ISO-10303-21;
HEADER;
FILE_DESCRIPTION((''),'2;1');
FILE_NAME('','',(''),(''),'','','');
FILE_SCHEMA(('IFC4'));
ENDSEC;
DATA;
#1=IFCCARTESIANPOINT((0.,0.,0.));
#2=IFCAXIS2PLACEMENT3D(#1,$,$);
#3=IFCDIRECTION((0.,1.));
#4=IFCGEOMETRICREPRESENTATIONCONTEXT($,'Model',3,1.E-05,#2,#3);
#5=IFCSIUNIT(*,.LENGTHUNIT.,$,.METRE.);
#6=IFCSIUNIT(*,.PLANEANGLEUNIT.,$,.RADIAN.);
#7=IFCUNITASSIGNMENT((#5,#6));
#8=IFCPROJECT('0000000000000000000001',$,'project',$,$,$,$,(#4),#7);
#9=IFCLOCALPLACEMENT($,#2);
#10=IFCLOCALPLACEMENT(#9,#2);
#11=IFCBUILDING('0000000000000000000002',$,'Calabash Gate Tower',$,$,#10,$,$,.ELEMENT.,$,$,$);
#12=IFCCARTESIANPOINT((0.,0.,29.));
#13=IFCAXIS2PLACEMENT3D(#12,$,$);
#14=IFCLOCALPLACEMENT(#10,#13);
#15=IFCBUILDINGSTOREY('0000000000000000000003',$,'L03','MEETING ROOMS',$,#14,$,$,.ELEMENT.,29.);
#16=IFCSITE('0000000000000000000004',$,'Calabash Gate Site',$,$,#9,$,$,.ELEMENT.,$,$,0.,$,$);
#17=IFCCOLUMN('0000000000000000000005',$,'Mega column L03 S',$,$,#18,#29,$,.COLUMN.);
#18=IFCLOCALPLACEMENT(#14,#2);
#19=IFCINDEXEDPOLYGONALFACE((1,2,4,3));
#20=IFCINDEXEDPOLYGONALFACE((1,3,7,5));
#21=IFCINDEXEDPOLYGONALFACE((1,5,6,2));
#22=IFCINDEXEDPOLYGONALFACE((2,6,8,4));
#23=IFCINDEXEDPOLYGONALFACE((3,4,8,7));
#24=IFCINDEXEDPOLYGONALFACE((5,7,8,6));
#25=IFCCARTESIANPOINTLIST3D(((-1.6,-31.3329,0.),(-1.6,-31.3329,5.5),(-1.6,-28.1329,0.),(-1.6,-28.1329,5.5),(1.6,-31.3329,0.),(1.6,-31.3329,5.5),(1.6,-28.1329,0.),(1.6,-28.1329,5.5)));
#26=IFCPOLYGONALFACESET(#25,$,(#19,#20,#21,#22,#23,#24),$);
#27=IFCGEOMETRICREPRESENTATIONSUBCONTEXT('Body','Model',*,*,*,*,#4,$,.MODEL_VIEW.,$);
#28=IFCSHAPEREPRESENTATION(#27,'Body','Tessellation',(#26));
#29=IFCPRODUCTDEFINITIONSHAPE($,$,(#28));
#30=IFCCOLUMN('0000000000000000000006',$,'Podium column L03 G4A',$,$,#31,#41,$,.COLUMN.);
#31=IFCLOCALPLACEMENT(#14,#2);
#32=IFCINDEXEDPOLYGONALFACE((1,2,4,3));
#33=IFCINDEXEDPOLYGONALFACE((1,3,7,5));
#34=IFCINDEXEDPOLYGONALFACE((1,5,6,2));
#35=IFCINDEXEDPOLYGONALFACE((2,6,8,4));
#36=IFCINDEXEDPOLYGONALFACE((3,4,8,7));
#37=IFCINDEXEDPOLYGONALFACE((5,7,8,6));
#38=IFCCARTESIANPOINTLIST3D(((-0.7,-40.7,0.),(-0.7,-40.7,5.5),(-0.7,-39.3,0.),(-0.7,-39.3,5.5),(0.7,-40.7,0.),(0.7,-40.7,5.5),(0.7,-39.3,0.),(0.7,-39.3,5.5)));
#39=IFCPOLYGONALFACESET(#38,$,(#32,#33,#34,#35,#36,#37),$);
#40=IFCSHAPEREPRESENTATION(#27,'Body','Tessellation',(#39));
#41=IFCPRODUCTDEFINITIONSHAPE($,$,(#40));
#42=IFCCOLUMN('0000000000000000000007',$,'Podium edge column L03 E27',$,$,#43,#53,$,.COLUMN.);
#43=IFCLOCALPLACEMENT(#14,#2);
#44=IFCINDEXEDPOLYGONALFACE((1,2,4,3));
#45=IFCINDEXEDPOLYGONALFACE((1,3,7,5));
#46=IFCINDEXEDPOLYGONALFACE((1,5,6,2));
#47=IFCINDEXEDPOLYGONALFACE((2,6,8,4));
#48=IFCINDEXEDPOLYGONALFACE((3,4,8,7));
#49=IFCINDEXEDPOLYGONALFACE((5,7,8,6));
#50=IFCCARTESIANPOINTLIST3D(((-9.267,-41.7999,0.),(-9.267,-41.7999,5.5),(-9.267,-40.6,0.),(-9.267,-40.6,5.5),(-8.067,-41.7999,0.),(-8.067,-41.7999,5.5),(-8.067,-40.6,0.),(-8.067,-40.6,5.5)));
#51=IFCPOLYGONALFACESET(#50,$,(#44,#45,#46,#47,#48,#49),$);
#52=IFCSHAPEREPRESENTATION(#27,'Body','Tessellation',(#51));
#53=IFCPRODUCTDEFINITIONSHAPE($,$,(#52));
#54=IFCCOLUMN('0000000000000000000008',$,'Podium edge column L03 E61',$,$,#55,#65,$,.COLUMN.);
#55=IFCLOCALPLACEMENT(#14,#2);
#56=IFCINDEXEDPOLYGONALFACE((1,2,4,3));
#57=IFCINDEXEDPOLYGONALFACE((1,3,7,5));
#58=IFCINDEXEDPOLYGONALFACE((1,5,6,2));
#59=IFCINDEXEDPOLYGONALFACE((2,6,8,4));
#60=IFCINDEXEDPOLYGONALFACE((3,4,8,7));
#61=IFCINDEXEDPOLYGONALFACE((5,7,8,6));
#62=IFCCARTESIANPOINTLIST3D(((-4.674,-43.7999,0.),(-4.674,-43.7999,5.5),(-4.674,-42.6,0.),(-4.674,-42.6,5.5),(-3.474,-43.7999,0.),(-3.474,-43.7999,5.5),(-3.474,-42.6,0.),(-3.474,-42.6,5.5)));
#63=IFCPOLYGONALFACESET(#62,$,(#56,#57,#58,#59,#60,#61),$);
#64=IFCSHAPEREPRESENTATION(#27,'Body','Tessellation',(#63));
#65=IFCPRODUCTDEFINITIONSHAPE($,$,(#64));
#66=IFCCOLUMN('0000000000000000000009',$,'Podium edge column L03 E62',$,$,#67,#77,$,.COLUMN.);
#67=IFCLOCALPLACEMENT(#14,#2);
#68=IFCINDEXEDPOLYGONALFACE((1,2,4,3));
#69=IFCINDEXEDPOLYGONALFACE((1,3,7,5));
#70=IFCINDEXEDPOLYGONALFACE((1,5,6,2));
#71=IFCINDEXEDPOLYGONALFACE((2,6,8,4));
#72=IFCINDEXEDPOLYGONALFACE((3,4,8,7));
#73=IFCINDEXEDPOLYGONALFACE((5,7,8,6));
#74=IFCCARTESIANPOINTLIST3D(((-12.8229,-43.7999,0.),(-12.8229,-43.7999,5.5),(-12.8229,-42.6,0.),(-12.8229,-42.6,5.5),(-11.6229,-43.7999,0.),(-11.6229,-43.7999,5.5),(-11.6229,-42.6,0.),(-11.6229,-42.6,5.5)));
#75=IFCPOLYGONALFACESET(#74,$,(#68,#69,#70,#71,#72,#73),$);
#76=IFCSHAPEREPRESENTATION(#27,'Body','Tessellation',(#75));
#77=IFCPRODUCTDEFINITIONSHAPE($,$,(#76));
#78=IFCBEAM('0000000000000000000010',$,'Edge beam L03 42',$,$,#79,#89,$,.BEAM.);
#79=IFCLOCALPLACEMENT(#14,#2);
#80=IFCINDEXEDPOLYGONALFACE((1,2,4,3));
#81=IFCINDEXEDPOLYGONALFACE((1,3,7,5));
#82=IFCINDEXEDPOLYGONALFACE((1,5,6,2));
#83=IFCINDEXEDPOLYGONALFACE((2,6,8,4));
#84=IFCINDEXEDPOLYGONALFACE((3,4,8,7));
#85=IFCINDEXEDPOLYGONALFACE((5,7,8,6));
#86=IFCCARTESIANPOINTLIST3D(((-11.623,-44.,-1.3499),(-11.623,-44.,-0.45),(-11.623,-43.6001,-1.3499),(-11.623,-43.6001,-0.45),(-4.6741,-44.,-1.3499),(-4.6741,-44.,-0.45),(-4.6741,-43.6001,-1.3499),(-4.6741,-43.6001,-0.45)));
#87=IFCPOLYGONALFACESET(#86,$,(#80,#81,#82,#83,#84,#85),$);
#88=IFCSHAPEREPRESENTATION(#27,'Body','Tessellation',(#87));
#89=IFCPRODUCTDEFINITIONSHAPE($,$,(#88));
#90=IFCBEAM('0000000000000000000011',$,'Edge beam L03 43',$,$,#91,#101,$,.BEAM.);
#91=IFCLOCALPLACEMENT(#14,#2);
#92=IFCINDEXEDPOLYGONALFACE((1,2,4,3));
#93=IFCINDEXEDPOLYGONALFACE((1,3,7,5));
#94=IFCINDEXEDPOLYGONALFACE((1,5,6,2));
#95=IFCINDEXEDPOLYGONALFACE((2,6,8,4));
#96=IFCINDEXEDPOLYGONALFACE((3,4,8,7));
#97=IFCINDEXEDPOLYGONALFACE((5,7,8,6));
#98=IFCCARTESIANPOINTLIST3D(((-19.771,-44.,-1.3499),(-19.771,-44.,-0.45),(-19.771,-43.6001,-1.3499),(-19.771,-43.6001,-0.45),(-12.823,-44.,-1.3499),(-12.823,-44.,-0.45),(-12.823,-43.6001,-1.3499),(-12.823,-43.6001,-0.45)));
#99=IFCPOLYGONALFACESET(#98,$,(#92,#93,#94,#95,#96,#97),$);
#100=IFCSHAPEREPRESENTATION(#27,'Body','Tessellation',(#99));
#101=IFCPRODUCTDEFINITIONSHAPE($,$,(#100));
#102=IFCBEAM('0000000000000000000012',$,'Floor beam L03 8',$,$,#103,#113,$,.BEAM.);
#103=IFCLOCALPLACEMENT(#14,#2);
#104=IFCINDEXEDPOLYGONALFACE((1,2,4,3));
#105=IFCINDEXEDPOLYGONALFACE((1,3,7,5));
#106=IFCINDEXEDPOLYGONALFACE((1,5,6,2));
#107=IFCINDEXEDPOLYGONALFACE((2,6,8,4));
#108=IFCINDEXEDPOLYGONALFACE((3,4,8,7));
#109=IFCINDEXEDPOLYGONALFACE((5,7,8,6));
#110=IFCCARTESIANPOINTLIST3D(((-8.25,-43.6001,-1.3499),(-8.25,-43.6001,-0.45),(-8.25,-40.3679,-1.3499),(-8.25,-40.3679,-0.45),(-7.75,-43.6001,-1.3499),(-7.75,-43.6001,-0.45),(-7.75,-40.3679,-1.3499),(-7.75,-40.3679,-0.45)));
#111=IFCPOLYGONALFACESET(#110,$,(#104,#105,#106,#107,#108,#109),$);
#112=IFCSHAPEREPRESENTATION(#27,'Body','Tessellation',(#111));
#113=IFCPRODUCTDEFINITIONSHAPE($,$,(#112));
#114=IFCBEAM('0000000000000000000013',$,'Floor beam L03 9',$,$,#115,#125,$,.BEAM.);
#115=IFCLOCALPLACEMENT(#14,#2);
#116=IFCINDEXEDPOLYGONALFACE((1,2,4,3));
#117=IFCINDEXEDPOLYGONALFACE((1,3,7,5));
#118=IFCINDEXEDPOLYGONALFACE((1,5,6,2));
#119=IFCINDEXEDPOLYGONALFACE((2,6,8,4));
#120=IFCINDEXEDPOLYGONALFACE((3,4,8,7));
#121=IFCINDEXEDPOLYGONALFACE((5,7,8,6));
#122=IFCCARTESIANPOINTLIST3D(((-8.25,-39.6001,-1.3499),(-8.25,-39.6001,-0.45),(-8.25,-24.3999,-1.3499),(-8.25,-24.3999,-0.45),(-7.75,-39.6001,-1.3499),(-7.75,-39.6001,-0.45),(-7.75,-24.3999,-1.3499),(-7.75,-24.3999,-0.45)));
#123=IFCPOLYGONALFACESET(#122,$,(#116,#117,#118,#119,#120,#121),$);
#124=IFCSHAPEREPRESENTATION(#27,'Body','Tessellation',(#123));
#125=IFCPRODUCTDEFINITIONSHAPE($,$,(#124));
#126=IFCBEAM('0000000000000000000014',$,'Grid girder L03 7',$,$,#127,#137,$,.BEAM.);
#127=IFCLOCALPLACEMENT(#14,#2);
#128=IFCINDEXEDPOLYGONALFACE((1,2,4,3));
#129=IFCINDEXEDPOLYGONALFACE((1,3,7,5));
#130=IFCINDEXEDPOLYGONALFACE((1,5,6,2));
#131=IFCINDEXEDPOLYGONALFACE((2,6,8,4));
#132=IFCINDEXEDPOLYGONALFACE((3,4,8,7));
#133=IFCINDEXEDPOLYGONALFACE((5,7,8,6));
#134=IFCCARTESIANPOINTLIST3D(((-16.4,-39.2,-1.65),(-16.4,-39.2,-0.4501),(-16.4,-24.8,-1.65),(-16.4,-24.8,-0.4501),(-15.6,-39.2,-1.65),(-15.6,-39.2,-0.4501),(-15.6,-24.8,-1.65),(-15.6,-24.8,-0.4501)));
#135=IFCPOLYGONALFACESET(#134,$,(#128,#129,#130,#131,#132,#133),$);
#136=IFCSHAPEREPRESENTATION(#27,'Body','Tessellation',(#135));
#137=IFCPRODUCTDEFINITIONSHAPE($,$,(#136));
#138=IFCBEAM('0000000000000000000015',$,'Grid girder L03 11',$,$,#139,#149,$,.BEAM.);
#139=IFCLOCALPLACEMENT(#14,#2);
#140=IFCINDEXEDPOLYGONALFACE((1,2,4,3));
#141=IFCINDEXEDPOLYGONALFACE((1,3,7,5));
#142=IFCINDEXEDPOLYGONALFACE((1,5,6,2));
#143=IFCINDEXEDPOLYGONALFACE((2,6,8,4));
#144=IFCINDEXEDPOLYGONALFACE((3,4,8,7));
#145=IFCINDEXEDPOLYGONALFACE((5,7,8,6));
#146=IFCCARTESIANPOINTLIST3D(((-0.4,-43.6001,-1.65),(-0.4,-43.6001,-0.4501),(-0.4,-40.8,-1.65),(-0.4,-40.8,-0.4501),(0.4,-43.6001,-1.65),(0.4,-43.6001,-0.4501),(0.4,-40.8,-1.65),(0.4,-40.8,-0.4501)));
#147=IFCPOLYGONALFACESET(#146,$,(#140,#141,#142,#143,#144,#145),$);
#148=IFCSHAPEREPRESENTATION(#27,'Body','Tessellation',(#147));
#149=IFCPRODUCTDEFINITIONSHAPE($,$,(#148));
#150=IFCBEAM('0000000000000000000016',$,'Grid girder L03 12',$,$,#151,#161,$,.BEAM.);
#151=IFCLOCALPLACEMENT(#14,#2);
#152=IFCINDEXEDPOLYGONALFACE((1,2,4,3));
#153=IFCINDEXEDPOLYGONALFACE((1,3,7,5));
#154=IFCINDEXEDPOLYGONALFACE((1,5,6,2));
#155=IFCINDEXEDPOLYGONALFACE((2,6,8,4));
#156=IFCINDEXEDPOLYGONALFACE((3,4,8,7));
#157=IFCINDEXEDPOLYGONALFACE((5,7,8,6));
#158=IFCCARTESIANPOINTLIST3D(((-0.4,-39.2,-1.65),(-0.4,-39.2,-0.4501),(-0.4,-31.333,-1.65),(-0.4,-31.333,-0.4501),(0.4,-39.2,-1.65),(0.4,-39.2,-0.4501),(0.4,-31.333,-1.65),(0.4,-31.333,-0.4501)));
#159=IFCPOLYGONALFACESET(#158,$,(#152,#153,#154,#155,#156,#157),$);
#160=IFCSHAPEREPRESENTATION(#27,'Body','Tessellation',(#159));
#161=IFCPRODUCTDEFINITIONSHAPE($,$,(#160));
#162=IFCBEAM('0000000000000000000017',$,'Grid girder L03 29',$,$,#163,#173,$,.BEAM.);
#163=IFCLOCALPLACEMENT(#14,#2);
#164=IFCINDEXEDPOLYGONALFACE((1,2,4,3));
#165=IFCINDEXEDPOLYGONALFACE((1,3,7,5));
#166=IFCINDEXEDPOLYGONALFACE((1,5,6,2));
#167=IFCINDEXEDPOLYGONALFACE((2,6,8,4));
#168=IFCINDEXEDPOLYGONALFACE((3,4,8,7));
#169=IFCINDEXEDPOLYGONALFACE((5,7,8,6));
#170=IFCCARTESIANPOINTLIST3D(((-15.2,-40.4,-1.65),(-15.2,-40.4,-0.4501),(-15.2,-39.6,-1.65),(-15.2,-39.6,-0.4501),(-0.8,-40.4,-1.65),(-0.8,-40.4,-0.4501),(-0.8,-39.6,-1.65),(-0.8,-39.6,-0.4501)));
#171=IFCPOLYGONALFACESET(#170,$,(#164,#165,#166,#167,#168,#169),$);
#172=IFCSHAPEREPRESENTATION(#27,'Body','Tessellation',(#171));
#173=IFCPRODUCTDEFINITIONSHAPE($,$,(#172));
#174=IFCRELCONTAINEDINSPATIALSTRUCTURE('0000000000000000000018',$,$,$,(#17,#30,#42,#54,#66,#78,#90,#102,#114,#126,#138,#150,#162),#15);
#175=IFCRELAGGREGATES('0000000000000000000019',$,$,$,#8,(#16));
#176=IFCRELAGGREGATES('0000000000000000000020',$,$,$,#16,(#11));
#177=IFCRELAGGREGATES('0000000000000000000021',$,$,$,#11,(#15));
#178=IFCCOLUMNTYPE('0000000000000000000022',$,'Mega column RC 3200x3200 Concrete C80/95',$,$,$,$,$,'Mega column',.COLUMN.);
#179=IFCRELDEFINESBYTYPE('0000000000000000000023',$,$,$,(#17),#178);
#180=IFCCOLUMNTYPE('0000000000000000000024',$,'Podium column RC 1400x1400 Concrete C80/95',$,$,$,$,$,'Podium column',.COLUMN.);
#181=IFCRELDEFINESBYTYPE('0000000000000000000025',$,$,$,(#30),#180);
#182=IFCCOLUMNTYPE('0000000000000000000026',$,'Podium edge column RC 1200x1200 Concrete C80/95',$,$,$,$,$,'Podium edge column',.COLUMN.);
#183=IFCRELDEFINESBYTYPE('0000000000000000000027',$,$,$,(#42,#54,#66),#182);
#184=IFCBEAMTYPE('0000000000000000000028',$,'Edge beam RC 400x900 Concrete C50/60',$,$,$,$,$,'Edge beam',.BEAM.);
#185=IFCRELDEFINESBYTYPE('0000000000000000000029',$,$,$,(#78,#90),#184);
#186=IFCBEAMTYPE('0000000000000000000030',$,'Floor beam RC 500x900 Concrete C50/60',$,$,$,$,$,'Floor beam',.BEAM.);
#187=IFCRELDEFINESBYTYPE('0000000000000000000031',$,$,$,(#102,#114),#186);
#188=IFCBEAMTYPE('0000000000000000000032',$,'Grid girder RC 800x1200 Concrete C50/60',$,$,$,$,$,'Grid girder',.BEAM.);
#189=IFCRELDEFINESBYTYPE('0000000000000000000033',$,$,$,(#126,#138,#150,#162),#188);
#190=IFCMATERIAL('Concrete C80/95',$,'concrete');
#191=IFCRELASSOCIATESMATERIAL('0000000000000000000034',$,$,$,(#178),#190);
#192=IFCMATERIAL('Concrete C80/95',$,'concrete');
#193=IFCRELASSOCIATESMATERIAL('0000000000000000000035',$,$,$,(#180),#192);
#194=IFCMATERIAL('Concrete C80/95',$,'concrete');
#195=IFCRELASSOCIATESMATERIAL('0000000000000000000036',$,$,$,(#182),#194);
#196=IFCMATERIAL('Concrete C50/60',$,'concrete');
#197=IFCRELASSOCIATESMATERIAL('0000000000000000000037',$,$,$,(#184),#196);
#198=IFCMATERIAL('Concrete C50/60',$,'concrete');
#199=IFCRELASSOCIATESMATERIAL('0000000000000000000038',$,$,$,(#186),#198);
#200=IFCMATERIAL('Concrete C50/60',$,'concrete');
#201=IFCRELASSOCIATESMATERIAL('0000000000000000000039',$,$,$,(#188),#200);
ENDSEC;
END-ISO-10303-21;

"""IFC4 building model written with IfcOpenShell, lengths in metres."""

from ifc_helpers import new_model, si_unit, direction, frame, origin, origin_2d, place, context, subcontext, project, spatial, rectangle, extrude, material, material_profile, profile_set, type_object, element, save


model = new_model("IFC4")

# Units and contexts
model_context = context("Model", 3, precision=1e-05, world=origin(), true_north=direction((0.0, 1.0)))
body_context = subcontext(model_context, "Body", "Model", "MODEL_VIEW")
ifc_project = project(units=[si_unit("LENGTHUNIT", "METRE"), si_unit("PLANEANGLEUNIT", "RADIAN")], contexts=[model_context])

# Site, building, storey
site_placement = place(None, origin())
site = spatial("IfcSite", under=ifc_project, at=site_placement, Name="Calabash Gate Site", CompositionType="ELEMENT", RefElevation=0.0)
building_placement = place(site_placement, origin())
building = spatial("IfcBuilding", under=site, at=building_placement, Name="Calabash Gate Tower", CompositionType="ELEMENT")
storey_placement = place(building_placement, frame((0.0, 0.0, 29.0)))
storey = spatial("IfcBuildingStorey", under=building, at=storey_placement, Name="L03", Description="MEETING ROOMS", CompositionType="ELEMENT", Elevation=29.0)

# Columns
ifc_material_1 = material(Name="Concrete C80/95", Category="concrete")
ifc_material_profile_1 = material_profile(ifc_material_1, rectangle(XDim=3.2, YDim=3.2, at=origin_2d()))
ifc_profile_set_1 = profile_set([ifc_material_profile_1], Name="Concrete C80/95")
column_type_1 = type_object("IfcColumnType", Name="Mega column RC 3200x3200 Concrete C80/95", ElementType="Mega column", PredefinedType="COLUMN", material=ifc_profile_set_1)
column_1_placement = place(storey_placement, frame((0.0, -29.7329, 0.0), z_axis=(0.0, 0.0, 1.0), x_axis=(0.0, 1.0, 0.0)))
element("IfcColumn", 1, at=column_1_placement, inside=storey, type_object=column_type_1, Name="Mega column L03 S", PredefinedType="COLUMN", context=body_context, shape_type="SweptSolid", body=[
    extrude(rectangle(XDim=3.2, YDim=3.2, at=origin_2d()), origin(), (0.0, 0.0, 1.0), 5.5),
])
ifc_material_2 = material(Name="Concrete C80/95", Category="concrete")
ifc_material_profile_2 = material_profile(ifc_material_2, rectangle(XDim=1.3999, YDim=1.3999, at=origin_2d()))
ifc_profile_set_2 = profile_set([ifc_material_profile_2], Name="Concrete C80/95")
column_type_2 = type_object("IfcColumnType", Name="Podium column RC 1400x1400 Concrete C80/95", ElementType="Podium column", PredefinedType="COLUMN", material=ifc_profile_set_2)
column_2_placement = place(storey_placement, frame((0.0, -40.0, 0.0), z_axis=(0.0, 0.0, 1.0), x_axis=(1.0, 0.0, 0.0)))
element("IfcColumn", 2, at=column_2_placement, inside=storey, type_object=column_type_2, Name="Podium column L03 G4A", PredefinedType="COLUMN", context=body_context, shape_type="SweptSolid", body=[
    extrude(rectangle(XDim=1.3999, YDim=1.3999, at=origin_2d()), origin(), (0.0, 0.0, 1.0), 5.5),
])
ifc_material_3 = material(Name="Concrete C80/95", Category="concrete")
ifc_material_profile_3 = material_profile(ifc_material_3, rectangle(XDim=1.2, YDim=1.2, at=origin_2d()))
ifc_profile_set_3 = profile_set([ifc_material_profile_3], Name="Concrete C80/95")
column_type_3 = type_object("IfcColumnType", Name="Podium edge column RC 1200x1200 Concrete C80/95", ElementType="Podium edge column", PredefinedType="COLUMN", material=ifc_profile_set_3)
for number, where, z_axis, x_axis, name in (
    (3, (-8.667, -41.2, 0.0), (0.0, 0.0, 1.0), (1.0, 0.0, 0.0), "Podium edge column L03 E27"),
    (4, (-4.074, -43.2, 0.0), (0.0, 0.0, 1.0), (1.0, 0.0, 0.0), "Podium edge column L03 E61"),
    (5, (-12.2229, -43.2, 0.0), (0.0, 0.0, 1.0), (1.0, 0.0, 0.0), "Podium edge column L03 E62"),
):
    element("IfcColumn", number, at=place(storey_placement, frame(where, z_axis=z_axis, x_axis=x_axis)), inside=storey, type_object=column_type_3, Name=name, PredefinedType="COLUMN", context=body_context, shape_type="SweptSolid", body=[
        extrude(rectangle(XDim=1.2, YDim=1.2, at=origin_2d()), origin(), (0.0, 0.0, 1.0), 5.5),
    ])

# Beams
ifc_material_4 = material(Name="Concrete C50/60", Category="concrete")
ifc_material_profile_4 = material_profile(ifc_material_4, rectangle(XDim=0.3999, YDim=0.8999, at=origin_2d()))
ifc_profile_set_4 = profile_set([ifc_material_profile_4], Name="Concrete C50/60")
beam_type_1 = type_object("IfcBeamType", Name="Edge beam RC 400x900 Concrete C50/60", ElementType="Edge beam", PredefinedType="BEAM", material=ifc_profile_set_4)
beam_1_placement = place(storey_placement, frame((-4.6741, -43.8, -0.8999), z_axis=(-1.0, 0.0, 0.0), x_axis=(0.0, -1.0, 0.0)))
element("IfcBeam", 6, at=beam_1_placement, inside=storey, type_object=beam_type_1, Name="Edge beam L03 42", PredefinedType="BEAM", context=body_context, shape_type="SweptSolid", body=[
    extrude(rectangle(XDim=0.3999, YDim=0.8999, at=origin_2d()), origin(), (0.0, 0.0, 1.0), 6.949),
])
beam_2_placement = place(storey_placement, frame((-12.823, -43.8, -0.8999), z_axis=(-1.0, 0.0, 0.0), x_axis=(0.0, -1.0, 0.0)))
element("IfcBeam", 7, at=beam_2_placement, inside=storey, type_object=beam_type_1, Name="Edge beam L03 43", PredefinedType="BEAM", context=body_context, shape_type="SweptSolid", body=[
    extrude(rectangle(XDim=0.3999, YDim=0.8999, at=origin_2d()), origin(), (0.0, 0.0, 1.0), 6.948),
])
ifc_material_5 = material(Name="Concrete C50/60", Category="concrete")
ifc_material_profile_5 = material_profile(ifc_material_5, rectangle(XDim=0.5, YDim=0.8999, at=origin_2d()))
ifc_profile_set_5 = profile_set([ifc_material_profile_5], Name="Concrete C50/60")
beam_type_2 = type_object("IfcBeamType", Name="Floor beam RC 500x900 Concrete C50/60", ElementType="Floor beam", PredefinedType="BEAM", material=ifc_profile_set_5)
beam_3_placement = place(storey_placement, frame((-8.0, -43.6001, -0.8999), z_axis=(0.0, 1.0, 0.0), x_axis=(-1.0, 0.0, 0.0)))
element("IfcBeam", 8, at=beam_3_placement, inside=storey, type_object=beam_type_2, Name="Floor beam L03 8", PredefinedType="BEAM", context=body_context, shape_type="SweptSolid", body=[
    extrude(rectangle(XDim=0.5, YDim=0.8999, at=origin_2d()), origin(), (0.0, 0.0, 1.0), 3.2322),
])
beam_4_placement = place(storey_placement, frame((-8.0, -39.6001, -0.8999), z_axis=(0.0, 1.0, 0.0), x_axis=(-1.0, 0.0, 0.0)))
element("IfcBeam", 9, at=beam_4_placement, inside=storey, type_object=beam_type_2, Name="Floor beam L03 9", PredefinedType="BEAM", context=body_context, shape_type="SweptSolid", body=[
    extrude(rectangle(XDim=0.5, YDim=0.8999, at=origin_2d()), origin(), (0.0, 0.0, 1.0), 15.2002),
])
ifc_material_6 = material(Name="Concrete C50/60", Category="concrete")
ifc_material_profile_6 = material_profile(ifc_material_6, rectangle(XDim=0.8, YDim=1.2, at=origin_2d()))
ifc_profile_set_6 = profile_set([ifc_material_profile_6], Name="Concrete C50/60")
beam_type_3 = type_object("IfcBeamType", Name="Grid girder RC 800x1200 Concrete C50/60", ElementType="Grid girder", PredefinedType="BEAM", material=ifc_profile_set_6)
beam_5_placement = place(storey_placement, frame((-16.0, -39.2, -1.05), z_axis=(0.0, 1.0, 0.0), x_axis=(-1.0, 0.0, 0.0)))
element("IfcBeam", 10, at=beam_5_placement, inside=storey, type_object=beam_type_3, Name="Grid girder L03 7", PredefinedType="BEAM", context=body_context, shape_type="SweptSolid", body=[
    extrude(rectangle(XDim=0.8, YDim=1.2, at=origin_2d()), origin(), (0.0, 0.0, 1.0), 14.3999),
])
beam_6_placement = place(storey_placement, frame((0.0, -43.6001, -1.05), z_axis=(0.0, 1.0, 0.0), x_axis=(-1.0, 0.0, 0.0)))
element("IfcBeam", 11, at=beam_6_placement, inside=storey, type_object=beam_type_3, Name="Grid girder L03 11", PredefinedType="BEAM", context=body_context, shape_type="SweptSolid", body=[
    extrude(rectangle(XDim=0.8, YDim=1.2, at=origin_2d()), origin(), (0.0, 0.0, 1.0), 2.8),
])
beam_7_placement = place(storey_placement, frame((0.0, -39.2, -1.05), z_axis=(0.0, 1.0, 0.0), x_axis=(-1.0, 0.0, 0.0)))
element("IfcBeam", 12, at=beam_7_placement, inside=storey, type_object=beam_type_3, Name="Grid girder L03 12", PredefinedType="BEAM", context=body_context, shape_type="SweptSolid", body=[
    extrude(rectangle(XDim=0.8, YDim=1.2, at=origin_2d()), origin(), (0.0, 0.0, 1.0), 7.8669),
])
beam_8_placement = place(storey_placement, frame((-15.2, -40.0, -1.05), z_axis=(1.0, 0.0, 0.0), x_axis=(0.0, 1.0, 0.0)))
element("IfcBeam", 13, at=beam_8_placement, inside=storey, type_object=beam_type_3, Name="Grid girder L03 29", PredefinedType="BEAM", context=body_context, shape_type="SweptSolid", body=[
    extrude(rectangle(XDim=0.8, YDim=1.2, at=origin_2d()), origin(), (0.0, 0.0, 1.0), 14.3999),
])

save(model, "model.ifc")
